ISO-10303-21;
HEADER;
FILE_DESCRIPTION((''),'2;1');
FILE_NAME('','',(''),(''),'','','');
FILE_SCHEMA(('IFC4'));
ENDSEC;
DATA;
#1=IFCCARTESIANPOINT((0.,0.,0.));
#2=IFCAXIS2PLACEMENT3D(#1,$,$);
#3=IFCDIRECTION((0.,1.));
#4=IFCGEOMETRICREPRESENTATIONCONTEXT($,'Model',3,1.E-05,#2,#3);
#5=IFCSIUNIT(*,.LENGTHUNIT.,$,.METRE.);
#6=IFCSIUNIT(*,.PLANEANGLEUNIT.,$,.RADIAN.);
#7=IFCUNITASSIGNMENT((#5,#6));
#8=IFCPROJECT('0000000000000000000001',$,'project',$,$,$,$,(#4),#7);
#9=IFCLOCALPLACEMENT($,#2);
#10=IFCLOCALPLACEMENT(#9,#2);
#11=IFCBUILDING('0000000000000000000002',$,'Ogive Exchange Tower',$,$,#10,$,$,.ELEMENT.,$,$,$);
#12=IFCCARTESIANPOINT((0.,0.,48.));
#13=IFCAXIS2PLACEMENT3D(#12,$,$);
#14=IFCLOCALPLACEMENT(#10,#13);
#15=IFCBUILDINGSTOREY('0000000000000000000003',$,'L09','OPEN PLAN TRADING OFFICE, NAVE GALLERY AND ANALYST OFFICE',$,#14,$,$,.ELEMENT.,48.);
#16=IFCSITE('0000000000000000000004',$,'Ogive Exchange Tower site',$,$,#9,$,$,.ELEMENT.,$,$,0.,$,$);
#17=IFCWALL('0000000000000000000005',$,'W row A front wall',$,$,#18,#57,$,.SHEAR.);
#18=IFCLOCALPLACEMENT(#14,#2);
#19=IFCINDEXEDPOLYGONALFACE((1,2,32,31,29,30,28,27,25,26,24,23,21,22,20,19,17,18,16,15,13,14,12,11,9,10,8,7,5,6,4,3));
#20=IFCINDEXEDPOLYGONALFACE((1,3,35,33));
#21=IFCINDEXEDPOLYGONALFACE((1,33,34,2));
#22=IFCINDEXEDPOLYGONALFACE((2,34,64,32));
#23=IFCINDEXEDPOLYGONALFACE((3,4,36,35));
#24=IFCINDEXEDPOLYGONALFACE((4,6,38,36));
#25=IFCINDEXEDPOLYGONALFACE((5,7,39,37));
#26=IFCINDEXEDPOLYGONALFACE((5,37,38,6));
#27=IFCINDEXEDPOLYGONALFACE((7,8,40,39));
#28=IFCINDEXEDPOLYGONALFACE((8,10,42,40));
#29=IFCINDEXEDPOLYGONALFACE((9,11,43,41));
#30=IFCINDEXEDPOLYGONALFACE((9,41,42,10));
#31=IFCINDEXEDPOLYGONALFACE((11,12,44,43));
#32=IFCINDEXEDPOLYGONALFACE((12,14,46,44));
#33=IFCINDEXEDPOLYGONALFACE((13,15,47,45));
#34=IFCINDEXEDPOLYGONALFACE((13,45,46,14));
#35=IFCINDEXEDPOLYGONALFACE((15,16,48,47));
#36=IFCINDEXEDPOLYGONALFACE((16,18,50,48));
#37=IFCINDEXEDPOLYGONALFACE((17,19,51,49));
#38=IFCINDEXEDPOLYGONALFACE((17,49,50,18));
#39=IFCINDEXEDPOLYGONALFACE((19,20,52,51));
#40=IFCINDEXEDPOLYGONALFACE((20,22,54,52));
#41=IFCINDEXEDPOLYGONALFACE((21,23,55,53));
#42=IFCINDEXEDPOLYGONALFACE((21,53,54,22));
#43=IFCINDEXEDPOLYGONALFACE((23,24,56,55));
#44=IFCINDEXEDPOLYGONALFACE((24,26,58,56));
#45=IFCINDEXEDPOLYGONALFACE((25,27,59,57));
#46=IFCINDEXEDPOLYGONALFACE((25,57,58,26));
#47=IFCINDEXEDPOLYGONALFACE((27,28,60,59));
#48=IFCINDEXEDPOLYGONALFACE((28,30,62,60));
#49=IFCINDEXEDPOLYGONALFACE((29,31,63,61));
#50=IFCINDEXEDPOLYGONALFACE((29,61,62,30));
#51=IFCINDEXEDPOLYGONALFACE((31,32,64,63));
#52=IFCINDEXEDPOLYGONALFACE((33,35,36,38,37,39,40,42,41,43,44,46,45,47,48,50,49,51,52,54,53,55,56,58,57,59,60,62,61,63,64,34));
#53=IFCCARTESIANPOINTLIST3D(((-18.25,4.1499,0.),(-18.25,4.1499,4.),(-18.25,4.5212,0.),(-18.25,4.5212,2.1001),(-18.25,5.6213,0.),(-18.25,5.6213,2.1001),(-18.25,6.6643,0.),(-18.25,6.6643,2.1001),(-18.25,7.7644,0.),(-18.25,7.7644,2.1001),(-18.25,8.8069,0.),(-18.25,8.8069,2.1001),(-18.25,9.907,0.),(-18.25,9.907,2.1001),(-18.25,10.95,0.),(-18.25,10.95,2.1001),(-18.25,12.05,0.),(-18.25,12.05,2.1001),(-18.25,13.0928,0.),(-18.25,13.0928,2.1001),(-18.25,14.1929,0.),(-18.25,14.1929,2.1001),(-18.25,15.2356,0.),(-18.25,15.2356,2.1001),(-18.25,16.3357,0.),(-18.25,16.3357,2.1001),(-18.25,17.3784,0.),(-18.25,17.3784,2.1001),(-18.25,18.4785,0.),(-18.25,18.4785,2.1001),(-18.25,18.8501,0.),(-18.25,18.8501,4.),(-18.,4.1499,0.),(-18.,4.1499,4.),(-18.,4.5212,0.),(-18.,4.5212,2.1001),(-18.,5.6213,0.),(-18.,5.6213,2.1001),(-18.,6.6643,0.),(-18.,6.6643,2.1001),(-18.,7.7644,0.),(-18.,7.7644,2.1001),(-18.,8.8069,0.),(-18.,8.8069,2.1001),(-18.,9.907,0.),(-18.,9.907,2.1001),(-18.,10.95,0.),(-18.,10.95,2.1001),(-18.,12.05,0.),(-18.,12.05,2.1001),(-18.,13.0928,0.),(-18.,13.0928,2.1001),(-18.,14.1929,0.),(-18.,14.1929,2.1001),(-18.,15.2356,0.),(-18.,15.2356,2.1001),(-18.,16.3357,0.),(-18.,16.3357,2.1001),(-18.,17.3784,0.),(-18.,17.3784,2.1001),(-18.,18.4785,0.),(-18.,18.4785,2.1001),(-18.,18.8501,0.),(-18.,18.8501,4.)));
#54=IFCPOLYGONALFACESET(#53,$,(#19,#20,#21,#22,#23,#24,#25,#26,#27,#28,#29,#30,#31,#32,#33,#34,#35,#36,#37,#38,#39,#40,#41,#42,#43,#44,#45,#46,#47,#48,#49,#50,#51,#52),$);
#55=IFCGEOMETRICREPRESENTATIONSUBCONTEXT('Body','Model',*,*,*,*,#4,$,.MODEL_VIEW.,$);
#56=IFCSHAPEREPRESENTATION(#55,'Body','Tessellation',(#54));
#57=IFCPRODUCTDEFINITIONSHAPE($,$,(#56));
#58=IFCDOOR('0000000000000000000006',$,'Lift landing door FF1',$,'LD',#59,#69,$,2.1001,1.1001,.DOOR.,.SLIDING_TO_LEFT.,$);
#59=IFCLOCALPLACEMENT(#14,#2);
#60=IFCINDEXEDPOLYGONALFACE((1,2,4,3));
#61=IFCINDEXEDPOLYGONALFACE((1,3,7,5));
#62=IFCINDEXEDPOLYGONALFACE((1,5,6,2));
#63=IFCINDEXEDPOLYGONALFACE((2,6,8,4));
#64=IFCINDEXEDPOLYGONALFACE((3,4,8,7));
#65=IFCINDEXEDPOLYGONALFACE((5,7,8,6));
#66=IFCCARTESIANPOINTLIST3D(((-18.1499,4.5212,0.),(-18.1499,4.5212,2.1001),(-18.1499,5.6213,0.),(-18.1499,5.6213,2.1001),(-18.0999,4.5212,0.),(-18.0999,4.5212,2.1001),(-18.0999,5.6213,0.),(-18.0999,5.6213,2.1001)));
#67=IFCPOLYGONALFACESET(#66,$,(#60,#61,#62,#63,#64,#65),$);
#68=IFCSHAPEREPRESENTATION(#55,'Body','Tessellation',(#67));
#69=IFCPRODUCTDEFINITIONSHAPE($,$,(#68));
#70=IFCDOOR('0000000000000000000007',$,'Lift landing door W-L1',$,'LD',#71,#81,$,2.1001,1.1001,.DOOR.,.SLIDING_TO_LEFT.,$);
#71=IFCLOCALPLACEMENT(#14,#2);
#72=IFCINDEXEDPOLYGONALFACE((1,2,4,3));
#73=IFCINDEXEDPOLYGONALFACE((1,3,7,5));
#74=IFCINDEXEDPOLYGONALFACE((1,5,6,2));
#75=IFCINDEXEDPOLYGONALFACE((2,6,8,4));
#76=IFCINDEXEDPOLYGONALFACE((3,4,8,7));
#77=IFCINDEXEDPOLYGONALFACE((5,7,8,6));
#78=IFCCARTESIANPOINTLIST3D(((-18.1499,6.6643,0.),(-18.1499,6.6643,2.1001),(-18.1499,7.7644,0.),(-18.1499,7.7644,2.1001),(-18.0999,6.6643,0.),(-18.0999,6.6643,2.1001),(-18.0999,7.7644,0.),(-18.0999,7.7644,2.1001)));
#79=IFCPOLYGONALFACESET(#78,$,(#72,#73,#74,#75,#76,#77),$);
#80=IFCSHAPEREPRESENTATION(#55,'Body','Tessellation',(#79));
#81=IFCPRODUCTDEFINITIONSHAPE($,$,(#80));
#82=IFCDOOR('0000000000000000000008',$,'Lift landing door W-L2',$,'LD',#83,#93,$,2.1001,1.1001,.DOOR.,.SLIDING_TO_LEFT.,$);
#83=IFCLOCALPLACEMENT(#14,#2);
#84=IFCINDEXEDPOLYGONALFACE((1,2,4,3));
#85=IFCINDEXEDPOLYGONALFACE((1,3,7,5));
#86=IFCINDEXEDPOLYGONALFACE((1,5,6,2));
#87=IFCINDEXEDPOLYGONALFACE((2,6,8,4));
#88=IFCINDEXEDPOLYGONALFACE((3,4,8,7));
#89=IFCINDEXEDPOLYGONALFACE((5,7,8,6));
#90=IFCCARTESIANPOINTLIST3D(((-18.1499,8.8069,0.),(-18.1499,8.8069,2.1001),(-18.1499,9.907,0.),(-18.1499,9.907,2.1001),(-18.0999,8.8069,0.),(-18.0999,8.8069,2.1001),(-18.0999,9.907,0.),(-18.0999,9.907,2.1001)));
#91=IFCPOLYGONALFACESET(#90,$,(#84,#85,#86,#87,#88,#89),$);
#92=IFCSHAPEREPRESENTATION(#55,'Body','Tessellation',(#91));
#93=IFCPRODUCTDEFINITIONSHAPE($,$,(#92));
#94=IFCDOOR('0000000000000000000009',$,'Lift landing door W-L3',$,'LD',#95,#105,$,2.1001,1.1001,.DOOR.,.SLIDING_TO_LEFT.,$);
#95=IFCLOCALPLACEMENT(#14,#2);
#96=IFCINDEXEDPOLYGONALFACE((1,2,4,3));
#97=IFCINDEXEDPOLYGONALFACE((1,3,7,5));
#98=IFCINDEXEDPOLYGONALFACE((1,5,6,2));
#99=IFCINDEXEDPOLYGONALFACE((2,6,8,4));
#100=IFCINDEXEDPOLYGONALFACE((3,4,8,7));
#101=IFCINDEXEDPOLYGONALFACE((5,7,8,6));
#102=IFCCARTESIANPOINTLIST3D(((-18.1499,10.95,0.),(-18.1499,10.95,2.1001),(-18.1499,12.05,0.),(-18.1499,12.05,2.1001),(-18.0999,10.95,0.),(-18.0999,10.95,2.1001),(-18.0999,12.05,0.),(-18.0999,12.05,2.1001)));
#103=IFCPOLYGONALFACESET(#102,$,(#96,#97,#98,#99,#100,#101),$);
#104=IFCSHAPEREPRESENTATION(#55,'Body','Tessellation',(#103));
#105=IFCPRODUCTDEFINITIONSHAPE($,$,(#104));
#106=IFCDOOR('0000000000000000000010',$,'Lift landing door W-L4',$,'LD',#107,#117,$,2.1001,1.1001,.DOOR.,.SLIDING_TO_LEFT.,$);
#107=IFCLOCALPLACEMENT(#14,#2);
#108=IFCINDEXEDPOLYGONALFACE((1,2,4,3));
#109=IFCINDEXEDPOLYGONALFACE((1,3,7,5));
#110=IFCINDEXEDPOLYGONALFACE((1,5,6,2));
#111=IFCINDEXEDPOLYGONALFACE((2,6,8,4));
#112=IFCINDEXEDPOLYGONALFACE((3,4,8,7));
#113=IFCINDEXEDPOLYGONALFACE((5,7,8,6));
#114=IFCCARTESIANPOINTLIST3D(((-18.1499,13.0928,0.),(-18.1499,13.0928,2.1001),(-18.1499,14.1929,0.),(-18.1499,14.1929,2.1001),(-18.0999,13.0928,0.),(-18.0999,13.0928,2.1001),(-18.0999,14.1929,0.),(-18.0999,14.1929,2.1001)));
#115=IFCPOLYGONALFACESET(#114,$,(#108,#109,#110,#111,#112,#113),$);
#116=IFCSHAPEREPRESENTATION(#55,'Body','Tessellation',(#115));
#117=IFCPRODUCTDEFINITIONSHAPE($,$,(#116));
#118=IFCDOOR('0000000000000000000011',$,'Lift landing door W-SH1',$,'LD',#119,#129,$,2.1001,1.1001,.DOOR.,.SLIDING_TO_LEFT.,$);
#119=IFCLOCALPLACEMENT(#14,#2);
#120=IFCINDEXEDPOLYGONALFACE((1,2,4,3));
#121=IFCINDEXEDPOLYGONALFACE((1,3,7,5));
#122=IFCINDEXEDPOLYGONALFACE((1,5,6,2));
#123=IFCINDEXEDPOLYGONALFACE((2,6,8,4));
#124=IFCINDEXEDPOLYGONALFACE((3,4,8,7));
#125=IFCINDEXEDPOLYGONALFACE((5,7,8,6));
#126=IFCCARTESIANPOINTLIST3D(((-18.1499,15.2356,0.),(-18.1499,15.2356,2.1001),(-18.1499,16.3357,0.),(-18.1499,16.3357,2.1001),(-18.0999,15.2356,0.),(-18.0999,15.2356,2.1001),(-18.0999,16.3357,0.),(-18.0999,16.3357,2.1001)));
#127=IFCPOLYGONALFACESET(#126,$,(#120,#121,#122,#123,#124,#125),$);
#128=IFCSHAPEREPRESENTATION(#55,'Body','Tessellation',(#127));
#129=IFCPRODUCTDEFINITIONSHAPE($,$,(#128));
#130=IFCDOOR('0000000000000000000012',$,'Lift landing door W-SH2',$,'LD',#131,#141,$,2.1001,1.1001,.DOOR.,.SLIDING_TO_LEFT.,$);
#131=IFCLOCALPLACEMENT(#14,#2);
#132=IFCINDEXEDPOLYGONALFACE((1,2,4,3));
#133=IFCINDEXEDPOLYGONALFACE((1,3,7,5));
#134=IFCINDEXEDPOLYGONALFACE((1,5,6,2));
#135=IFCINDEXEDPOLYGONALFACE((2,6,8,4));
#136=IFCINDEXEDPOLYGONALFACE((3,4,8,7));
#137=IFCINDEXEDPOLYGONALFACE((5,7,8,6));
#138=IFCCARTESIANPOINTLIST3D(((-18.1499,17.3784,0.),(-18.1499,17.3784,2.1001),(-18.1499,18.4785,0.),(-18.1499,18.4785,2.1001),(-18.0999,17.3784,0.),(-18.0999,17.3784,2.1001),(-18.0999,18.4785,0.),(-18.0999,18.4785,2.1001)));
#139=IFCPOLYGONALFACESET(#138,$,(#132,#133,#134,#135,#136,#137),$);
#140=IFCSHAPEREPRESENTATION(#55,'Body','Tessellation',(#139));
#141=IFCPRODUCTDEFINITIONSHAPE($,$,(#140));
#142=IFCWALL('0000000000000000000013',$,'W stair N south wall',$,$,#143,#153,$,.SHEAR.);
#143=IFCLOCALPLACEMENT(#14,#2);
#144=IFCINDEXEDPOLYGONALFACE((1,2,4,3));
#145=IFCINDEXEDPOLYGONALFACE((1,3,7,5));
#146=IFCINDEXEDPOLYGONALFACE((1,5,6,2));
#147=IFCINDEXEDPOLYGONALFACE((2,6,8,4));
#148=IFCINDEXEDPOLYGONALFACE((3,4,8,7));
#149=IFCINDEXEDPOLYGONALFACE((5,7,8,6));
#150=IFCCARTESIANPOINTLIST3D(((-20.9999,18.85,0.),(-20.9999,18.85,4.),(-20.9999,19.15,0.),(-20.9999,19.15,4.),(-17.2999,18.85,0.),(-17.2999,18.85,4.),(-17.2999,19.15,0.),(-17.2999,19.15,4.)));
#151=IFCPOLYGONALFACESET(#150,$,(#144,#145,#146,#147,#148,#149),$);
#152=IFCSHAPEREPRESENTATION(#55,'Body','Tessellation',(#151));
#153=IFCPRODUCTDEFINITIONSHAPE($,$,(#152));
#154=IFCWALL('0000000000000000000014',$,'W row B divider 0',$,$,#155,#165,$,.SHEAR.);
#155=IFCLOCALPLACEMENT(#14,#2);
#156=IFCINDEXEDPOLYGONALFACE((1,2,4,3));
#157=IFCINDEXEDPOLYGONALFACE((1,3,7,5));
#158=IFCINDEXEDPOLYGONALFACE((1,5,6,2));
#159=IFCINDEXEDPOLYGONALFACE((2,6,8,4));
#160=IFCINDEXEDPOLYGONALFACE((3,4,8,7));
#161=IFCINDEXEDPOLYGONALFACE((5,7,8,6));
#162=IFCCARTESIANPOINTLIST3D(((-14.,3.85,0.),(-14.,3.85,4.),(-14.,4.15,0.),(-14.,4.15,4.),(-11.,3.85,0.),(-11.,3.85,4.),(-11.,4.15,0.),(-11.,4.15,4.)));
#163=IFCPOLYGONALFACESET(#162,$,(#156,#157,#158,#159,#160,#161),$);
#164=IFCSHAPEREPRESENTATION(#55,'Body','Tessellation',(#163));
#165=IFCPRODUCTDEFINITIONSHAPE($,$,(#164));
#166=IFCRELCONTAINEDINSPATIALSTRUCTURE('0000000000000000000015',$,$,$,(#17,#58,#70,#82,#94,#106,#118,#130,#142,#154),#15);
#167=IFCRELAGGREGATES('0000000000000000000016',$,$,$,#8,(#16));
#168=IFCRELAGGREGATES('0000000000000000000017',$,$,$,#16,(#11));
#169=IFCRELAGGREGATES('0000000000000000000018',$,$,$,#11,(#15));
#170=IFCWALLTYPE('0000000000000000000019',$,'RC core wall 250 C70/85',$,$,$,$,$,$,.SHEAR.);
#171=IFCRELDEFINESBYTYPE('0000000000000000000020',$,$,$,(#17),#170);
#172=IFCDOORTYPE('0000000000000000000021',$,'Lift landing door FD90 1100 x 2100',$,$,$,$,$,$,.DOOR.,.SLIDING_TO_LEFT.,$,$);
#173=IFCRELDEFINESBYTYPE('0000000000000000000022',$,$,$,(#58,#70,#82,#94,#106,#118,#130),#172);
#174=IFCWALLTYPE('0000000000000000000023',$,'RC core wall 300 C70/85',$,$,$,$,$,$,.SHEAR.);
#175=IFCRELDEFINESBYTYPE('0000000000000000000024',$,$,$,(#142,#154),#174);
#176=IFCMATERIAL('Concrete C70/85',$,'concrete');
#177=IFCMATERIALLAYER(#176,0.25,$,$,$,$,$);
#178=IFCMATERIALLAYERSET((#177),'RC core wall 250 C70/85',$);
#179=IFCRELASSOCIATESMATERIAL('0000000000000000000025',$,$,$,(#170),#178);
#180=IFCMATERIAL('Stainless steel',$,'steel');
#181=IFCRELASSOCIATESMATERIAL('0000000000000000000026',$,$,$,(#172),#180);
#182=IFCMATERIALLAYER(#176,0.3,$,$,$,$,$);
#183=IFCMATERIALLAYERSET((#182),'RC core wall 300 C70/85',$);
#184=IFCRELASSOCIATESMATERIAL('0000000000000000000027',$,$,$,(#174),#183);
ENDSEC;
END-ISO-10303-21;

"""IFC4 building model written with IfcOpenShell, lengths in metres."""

from ifc_helpers import new_model, si_unit, direction, frame, frame_2d, origin, place, context, subcontext, project, spatial, rectangle, extrude, material, layer, layer_set, type_object, element, fill, save


model = new_model("IFC4")

# Units and contexts
model_context = context("Model", 3, precision=1e-05, world=origin(), true_north=direction((0.0, 1.0)))
body_context = subcontext(model_context, "Body", "Model", "MODEL_VIEW")
ifc_project = project(units=[si_unit("LENGTHUNIT", "METRE"), si_unit("PLANEANGLEUNIT", "RADIAN")], contexts=[model_context])

# Site, building, storey
site_placement = place(None, origin())
site = spatial("IfcSite", under=ifc_project, at=site_placement, Name="Ogive Exchange Tower site", CompositionType="ELEMENT", RefElevation=0.0)
building_placement = place(site_placement, origin())
building = spatial("IfcBuilding", under=site, at=building_placement, Name="Ogive Exchange Tower", CompositionType="ELEMENT")
storey_placement = place(building_placement, frame((0.0, 0.0, 48.0)))
storey = spatial("IfcBuildingStorey", under=building, at=storey_placement, Name="L09", Description="OPEN PLAN TRADING OFFICE, NAVE GALLERY AND ANALYST OFFICE", CompositionType="ELEMENT", Elevation=48.0)

# Shared definitions
ifc_material_1 = material(Name="Concrete C70/85", Category="concrete")
ifc_layer_1 = layer(ifc_material_1, 0.25)
ifc_layer_set_1 = layer_set([ifc_layer_1], Name="RC core wall 250 C70/85")
wall_type_1 = type_object("IfcWallType", Name="RC core wall 250 C70/85", PredefinedType="SHEAR", material=ifc_layer_set_1)

# Wall, openings, doors
wall_1_placement = place(storey_placement, frame((-18.125, 4.1499, 0.0), z_axis=(0.0, 0.0, 1.0), x_axis=(0.0, 1.0, 0.0)))
wall_1 = element("IfcWall", 1, at=wall_1_placement, inside=storey, type_object=wall_type_1, Name="W row A front wall", PredefinedType="SHEAR", context=body_context, shape_type="SweptSolid", body=[
    extrude(rectangle(XDim=14.7002, YDim=0.25, at=frame_2d((7.3501, 0.0))), origin(), (0.0, 0.0, 1.0), 4.0),
])
opening_1_placement = place(wall_1_placement, frame((0.3713, 0.0, 0.0)))
opening_1 = element("IfcOpeningElement", 2, at=opening_1_placement, cuts=wall_1, PredefinedType="OPENING", context=body_context, shape_type="SweptSolid", body=[
    extrude(rectangle(XDim=1.1001, YDim=2.1001, at=frame_2d((0.55, 1.05))), frame((0.0, 0.135, 0.0), z_axis=(0.0, -1.0, 0.0), x_axis=(1.0, 0.0, 0.0)), (0.0, 0.0, 1.0), 0.27),
])
opening_2_placement = place(wall_1_placement, frame((2.5144, 0.0, 0.0)))
opening_2 = element("IfcOpeningElement", 3, at=opening_2_placement, cuts=wall_1, PredefinedType="OPENING", context=body_context, shape_type="SweptSolid", body=[
    extrude(rectangle(XDim=1.1001, YDim=2.1001, at=frame_2d((0.55, 1.05))), frame((0.0, 0.135, 0.0), z_axis=(0.0, -1.0, 0.0), x_axis=(1.0, 0.0, 0.0)), (0.0, 0.0, 1.0), 0.27),
])
opening_3_placement = place(wall_1_placement, frame((4.657, 0.0, 0.0)))
opening_3 = element("IfcOpeningElement", 4, at=opening_3_placement, cuts=wall_1, PredefinedType="OPENING", context=body_context, shape_type="SweptSolid", body=[
    extrude(rectangle(XDim=1.1001, YDim=2.1001, at=frame_2d((0.55, 1.05))), frame((0.0, 0.135, 0.0), z_axis=(0.0, -1.0, 0.0), x_axis=(1.0, 0.0, 0.0)), (0.0, 0.0, 1.0), 0.27),
])
opening_4_placement = place(wall_1_placement, frame((6.8, 0.0, 0.0)))
opening_4 = element("IfcOpeningElement", 5, at=opening_4_placement, cuts=wall_1, PredefinedType="OPENING", context=body_context, shape_type="SweptSolid", body=[
    extrude(rectangle(XDim=1.1001, YDim=2.1001, at=frame_2d((0.55, 1.05))), frame((0.0, 0.135, 0.0), z_axis=(0.0, -1.0, 0.0), x_axis=(1.0, 0.0, 0.0)), (0.0, 0.0, 1.0), 0.27),
])
opening_5_placement = place(wall_1_placement, frame((8.9429, 0.0, 0.0)))
opening_5 = element("IfcOpeningElement", 6, at=opening_5_placement, cuts=wall_1, PredefinedType="OPENING", context=body_context, shape_type="SweptSolid", body=[
    extrude(rectangle(XDim=1.1001, YDim=2.1001, at=frame_2d((0.55, 1.05))), frame((0.0, 0.135, 0.0), z_axis=(0.0, -1.0, 0.0), x_axis=(1.0, 0.0, 0.0)), (0.0, 0.0, 1.0), 0.27),
])
opening_6_placement = place(wall_1_placement, frame((11.0857, 0.0, 0.0)))
opening_6 = element("IfcOpeningElement", 7, at=opening_6_placement, cuts=wall_1, PredefinedType="OPENING", context=body_context, shape_type="SweptSolid", body=[
    extrude(rectangle(XDim=1.1001, YDim=2.1001, at=frame_2d((0.55, 1.05))), frame((0.0, 0.135, 0.0), z_axis=(0.0, -1.0, 0.0), x_axis=(1.0, 0.0, 0.0)), (0.0, 0.0, 1.0), 0.27),
])
opening_7_placement = place(wall_1_placement, frame((13.2285, 0.0, 0.0)))
opening_7 = element("IfcOpeningElement", 8, at=opening_7_placement, cuts=wall_1, PredefinedType="OPENING", context=body_context, shape_type="SweptSolid", body=[
    extrude(rectangle(XDim=1.1001, YDim=2.1001, at=frame_2d((0.55, 1.05))), frame((0.0, 0.135, 0.0), z_axis=(0.0, -1.0, 0.0), x_axis=(1.0, 0.0, 0.0)), (0.0, 0.0, 1.0), 0.27),
])
ifc_material_2 = material(Name="Stainless steel", Category="steel")
door_type_1 = type_object("IfcDoorType", Name="Lift landing door FD90 1100 x 2100", OperationType="SLIDING_TO_LEFT", PredefinedType="DOOR", material=ifc_material_2)
door_1_placement = place(opening_1_placement, origin())
door_1 = element("IfcDoor", 9, at=door_1_placement, inside=storey, type_object=door_type_1, Name="Lift landing door FF1", ObjectType="LD", OperationType="SLIDING_TO_LEFT", OverallHeight=2.1001, OverallWidth=1.1001, PredefinedType="DOOR", context=body_context, shape_type="SweptSolid", body=[
    extrude(rectangle(XDim=1.1001, YDim=2.1001, at=frame_2d((0.55, 1.05))), frame((0.0, 0.0249, 0.0), z_axis=(0.0, -1.0, 0.0), x_axis=(1.0, 0.0, 0.0)), (0.0, 0.0, 1.0), 0.05),
])
fill(opening_1, door_1)
door_2_placement = place(opening_2_placement, origin())
door_2 = element("IfcDoor", 10, at=door_2_placement, inside=storey, type_object=door_type_1, Name="Lift landing door W-L1", ObjectType="LD", OperationType="SLIDING_TO_LEFT", OverallHeight=2.1001, OverallWidth=1.1001, PredefinedType="DOOR", context=body_context, shape_type="SweptSolid", body=[
    extrude(rectangle(XDim=1.1001, YDim=2.1001, at=frame_2d((0.55, 1.05))), frame((0.0, 0.0249, 0.0), z_axis=(0.0, -1.0, 0.0), x_axis=(1.0, 0.0, 0.0)), (0.0, 0.0, 1.0), 0.05),
])
fill(opening_2, door_2)
door_3_placement = place(opening_3_placement, origin())
door_3 = element("IfcDoor", 11, at=door_3_placement, inside=storey, type_object=door_type_1, Name="Lift landing door W-L2", ObjectType="LD", OperationType="SLIDING_TO_LEFT", OverallHeight=2.1001, OverallWidth=1.1001, PredefinedType="DOOR", context=body_context, shape_type="SweptSolid", body=[
    extrude(rectangle(XDim=1.1001, YDim=2.1001, at=frame_2d((0.55, 1.05))), frame((0.0, 0.0249, 0.0), z_axis=(0.0, -1.0, 0.0), x_axis=(1.0, 0.0, 0.0)), (0.0, 0.0, 1.0), 0.05),
])
fill(opening_3, door_3)
door_4_placement = place(opening_4_placement, origin())
door_4 = element("IfcDoor", 12, at=door_4_placement, inside=storey, type_object=door_type_1, Name="Lift landing door W-L3", ObjectType="LD", OperationType="SLIDING_TO_LEFT", OverallHeight=2.1001, OverallWidth=1.1001, PredefinedType="DOOR", context=body_context, shape_type="SweptSolid", body=[
    extrude(rectangle(XDim=1.1001, YDim=2.1001, at=frame_2d((0.55, 1.05))), frame((0.0, 0.0249, 0.0), z_axis=(0.0, -1.0, 0.0), x_axis=(1.0, 0.0, 0.0)), (0.0, 0.0, 1.0), 0.05),
])
fill(opening_4, door_4)
door_5_placement = place(opening_5_placement, origin())
door_5 = element("IfcDoor", 13, at=door_5_placement, inside=storey, type_object=door_type_1, Name="Lift landing door W-L4", ObjectType="LD", OperationType="SLIDING_TO_LEFT", OverallHeight=2.1001, OverallWidth=1.1001, PredefinedType="DOOR", context=body_context, shape_type="SweptSolid", body=[
    extrude(rectangle(XDim=1.1001, YDim=2.1001, at=frame_2d((0.55, 1.05))), frame((0.0, 0.0249, 0.0), z_axis=(0.0, -1.0, 0.0), x_axis=(1.0, 0.0, 0.0)), (0.0, 0.0, 1.0), 0.05),
])
fill(opening_5, door_5)
door_6_placement = place(opening_6_placement, origin())
door_6 = element("IfcDoor", 14, at=door_6_placement, inside=storey, type_object=door_type_1, Name="Lift landing door W-SH1", ObjectType="LD", OperationType="SLIDING_TO_LEFT", OverallHeight=2.1001, OverallWidth=1.1001, PredefinedType="DOOR", context=body_context, shape_type="SweptSolid", body=[
    extrude(rectangle(XDim=1.1001, YDim=2.1001, at=frame_2d((0.55, 1.05))), frame((0.0, 0.0249, 0.0), z_axis=(0.0, -1.0, 0.0), x_axis=(1.0, 0.0, 0.0)), (0.0, 0.0, 1.0), 0.05),
])
fill(opening_6, door_6)
door_7_placement = place(opening_7_placement, origin())
door_7 = element("IfcDoor", 15, at=door_7_placement, inside=storey, type_object=door_type_1, Name="Lift landing door W-SH2", ObjectType="LD", OperationType="SLIDING_TO_LEFT", OverallHeight=2.1001, OverallWidth=1.1001, PredefinedType="DOOR", context=body_context, shape_type="SweptSolid", body=[
    extrude(rectangle(XDim=1.1001, YDim=2.1001, at=frame_2d((0.55, 1.05))), frame((0.0, 0.0249, 0.0), z_axis=(0.0, -1.0, 0.0), x_axis=(1.0, 0.0, 0.0)), (0.0, 0.0, 1.0), 0.05),
])
fill(opening_7, door_7)

# Walls
ifc_layer_2 = layer(ifc_material_1, 0.3)
ifc_layer_set_2 = layer_set([ifc_layer_2], Name="RC core wall 300 C70/85")
wall_type_2 = type_object("IfcWallType", Name="RC core wall 300 C70/85", PredefinedType="SHEAR", material=ifc_layer_set_2)
wall_2_placement = place(storey_placement, frame((-21.0, 19.0, 0.0), z_axis=(0.0, 0.0, 1.0), x_axis=(1.0, 0.0, 0.0)))
element("IfcWall", 16, at=wall_2_placement, inside=storey, type_object=wall_type_2, Name="W stair N south wall", PredefinedType="SHEAR", context=body_context, shape_type="SweptSolid", body=[
    extrude(rectangle(XDim=3.7, YDim=0.3, at=frame_2d((1.8501, 0.0))), origin(), (0.0, 0.0, 1.0), 4.0),
])
wall_3_placement = place(storey_placement, frame((-14.0, 4.0, 0.0), z_axis=(0.0, 0.0, 1.0), x_axis=(1.0, 0.0, 0.0)))
element("IfcWall", 17, at=wall_3_placement, inside=storey, type_object=wall_type_2, Name="W row B divider 0", PredefinedType="SHEAR", context=body_context, shape_type="SweptSolid", body=[
    extrude(rectangle(XDim=3.0, YDim=0.3, at=frame_2d((1.5, 0.0))), origin(), (0.0, 0.0, 1.0), 4.0),
])

save(model, "model.ifc")
